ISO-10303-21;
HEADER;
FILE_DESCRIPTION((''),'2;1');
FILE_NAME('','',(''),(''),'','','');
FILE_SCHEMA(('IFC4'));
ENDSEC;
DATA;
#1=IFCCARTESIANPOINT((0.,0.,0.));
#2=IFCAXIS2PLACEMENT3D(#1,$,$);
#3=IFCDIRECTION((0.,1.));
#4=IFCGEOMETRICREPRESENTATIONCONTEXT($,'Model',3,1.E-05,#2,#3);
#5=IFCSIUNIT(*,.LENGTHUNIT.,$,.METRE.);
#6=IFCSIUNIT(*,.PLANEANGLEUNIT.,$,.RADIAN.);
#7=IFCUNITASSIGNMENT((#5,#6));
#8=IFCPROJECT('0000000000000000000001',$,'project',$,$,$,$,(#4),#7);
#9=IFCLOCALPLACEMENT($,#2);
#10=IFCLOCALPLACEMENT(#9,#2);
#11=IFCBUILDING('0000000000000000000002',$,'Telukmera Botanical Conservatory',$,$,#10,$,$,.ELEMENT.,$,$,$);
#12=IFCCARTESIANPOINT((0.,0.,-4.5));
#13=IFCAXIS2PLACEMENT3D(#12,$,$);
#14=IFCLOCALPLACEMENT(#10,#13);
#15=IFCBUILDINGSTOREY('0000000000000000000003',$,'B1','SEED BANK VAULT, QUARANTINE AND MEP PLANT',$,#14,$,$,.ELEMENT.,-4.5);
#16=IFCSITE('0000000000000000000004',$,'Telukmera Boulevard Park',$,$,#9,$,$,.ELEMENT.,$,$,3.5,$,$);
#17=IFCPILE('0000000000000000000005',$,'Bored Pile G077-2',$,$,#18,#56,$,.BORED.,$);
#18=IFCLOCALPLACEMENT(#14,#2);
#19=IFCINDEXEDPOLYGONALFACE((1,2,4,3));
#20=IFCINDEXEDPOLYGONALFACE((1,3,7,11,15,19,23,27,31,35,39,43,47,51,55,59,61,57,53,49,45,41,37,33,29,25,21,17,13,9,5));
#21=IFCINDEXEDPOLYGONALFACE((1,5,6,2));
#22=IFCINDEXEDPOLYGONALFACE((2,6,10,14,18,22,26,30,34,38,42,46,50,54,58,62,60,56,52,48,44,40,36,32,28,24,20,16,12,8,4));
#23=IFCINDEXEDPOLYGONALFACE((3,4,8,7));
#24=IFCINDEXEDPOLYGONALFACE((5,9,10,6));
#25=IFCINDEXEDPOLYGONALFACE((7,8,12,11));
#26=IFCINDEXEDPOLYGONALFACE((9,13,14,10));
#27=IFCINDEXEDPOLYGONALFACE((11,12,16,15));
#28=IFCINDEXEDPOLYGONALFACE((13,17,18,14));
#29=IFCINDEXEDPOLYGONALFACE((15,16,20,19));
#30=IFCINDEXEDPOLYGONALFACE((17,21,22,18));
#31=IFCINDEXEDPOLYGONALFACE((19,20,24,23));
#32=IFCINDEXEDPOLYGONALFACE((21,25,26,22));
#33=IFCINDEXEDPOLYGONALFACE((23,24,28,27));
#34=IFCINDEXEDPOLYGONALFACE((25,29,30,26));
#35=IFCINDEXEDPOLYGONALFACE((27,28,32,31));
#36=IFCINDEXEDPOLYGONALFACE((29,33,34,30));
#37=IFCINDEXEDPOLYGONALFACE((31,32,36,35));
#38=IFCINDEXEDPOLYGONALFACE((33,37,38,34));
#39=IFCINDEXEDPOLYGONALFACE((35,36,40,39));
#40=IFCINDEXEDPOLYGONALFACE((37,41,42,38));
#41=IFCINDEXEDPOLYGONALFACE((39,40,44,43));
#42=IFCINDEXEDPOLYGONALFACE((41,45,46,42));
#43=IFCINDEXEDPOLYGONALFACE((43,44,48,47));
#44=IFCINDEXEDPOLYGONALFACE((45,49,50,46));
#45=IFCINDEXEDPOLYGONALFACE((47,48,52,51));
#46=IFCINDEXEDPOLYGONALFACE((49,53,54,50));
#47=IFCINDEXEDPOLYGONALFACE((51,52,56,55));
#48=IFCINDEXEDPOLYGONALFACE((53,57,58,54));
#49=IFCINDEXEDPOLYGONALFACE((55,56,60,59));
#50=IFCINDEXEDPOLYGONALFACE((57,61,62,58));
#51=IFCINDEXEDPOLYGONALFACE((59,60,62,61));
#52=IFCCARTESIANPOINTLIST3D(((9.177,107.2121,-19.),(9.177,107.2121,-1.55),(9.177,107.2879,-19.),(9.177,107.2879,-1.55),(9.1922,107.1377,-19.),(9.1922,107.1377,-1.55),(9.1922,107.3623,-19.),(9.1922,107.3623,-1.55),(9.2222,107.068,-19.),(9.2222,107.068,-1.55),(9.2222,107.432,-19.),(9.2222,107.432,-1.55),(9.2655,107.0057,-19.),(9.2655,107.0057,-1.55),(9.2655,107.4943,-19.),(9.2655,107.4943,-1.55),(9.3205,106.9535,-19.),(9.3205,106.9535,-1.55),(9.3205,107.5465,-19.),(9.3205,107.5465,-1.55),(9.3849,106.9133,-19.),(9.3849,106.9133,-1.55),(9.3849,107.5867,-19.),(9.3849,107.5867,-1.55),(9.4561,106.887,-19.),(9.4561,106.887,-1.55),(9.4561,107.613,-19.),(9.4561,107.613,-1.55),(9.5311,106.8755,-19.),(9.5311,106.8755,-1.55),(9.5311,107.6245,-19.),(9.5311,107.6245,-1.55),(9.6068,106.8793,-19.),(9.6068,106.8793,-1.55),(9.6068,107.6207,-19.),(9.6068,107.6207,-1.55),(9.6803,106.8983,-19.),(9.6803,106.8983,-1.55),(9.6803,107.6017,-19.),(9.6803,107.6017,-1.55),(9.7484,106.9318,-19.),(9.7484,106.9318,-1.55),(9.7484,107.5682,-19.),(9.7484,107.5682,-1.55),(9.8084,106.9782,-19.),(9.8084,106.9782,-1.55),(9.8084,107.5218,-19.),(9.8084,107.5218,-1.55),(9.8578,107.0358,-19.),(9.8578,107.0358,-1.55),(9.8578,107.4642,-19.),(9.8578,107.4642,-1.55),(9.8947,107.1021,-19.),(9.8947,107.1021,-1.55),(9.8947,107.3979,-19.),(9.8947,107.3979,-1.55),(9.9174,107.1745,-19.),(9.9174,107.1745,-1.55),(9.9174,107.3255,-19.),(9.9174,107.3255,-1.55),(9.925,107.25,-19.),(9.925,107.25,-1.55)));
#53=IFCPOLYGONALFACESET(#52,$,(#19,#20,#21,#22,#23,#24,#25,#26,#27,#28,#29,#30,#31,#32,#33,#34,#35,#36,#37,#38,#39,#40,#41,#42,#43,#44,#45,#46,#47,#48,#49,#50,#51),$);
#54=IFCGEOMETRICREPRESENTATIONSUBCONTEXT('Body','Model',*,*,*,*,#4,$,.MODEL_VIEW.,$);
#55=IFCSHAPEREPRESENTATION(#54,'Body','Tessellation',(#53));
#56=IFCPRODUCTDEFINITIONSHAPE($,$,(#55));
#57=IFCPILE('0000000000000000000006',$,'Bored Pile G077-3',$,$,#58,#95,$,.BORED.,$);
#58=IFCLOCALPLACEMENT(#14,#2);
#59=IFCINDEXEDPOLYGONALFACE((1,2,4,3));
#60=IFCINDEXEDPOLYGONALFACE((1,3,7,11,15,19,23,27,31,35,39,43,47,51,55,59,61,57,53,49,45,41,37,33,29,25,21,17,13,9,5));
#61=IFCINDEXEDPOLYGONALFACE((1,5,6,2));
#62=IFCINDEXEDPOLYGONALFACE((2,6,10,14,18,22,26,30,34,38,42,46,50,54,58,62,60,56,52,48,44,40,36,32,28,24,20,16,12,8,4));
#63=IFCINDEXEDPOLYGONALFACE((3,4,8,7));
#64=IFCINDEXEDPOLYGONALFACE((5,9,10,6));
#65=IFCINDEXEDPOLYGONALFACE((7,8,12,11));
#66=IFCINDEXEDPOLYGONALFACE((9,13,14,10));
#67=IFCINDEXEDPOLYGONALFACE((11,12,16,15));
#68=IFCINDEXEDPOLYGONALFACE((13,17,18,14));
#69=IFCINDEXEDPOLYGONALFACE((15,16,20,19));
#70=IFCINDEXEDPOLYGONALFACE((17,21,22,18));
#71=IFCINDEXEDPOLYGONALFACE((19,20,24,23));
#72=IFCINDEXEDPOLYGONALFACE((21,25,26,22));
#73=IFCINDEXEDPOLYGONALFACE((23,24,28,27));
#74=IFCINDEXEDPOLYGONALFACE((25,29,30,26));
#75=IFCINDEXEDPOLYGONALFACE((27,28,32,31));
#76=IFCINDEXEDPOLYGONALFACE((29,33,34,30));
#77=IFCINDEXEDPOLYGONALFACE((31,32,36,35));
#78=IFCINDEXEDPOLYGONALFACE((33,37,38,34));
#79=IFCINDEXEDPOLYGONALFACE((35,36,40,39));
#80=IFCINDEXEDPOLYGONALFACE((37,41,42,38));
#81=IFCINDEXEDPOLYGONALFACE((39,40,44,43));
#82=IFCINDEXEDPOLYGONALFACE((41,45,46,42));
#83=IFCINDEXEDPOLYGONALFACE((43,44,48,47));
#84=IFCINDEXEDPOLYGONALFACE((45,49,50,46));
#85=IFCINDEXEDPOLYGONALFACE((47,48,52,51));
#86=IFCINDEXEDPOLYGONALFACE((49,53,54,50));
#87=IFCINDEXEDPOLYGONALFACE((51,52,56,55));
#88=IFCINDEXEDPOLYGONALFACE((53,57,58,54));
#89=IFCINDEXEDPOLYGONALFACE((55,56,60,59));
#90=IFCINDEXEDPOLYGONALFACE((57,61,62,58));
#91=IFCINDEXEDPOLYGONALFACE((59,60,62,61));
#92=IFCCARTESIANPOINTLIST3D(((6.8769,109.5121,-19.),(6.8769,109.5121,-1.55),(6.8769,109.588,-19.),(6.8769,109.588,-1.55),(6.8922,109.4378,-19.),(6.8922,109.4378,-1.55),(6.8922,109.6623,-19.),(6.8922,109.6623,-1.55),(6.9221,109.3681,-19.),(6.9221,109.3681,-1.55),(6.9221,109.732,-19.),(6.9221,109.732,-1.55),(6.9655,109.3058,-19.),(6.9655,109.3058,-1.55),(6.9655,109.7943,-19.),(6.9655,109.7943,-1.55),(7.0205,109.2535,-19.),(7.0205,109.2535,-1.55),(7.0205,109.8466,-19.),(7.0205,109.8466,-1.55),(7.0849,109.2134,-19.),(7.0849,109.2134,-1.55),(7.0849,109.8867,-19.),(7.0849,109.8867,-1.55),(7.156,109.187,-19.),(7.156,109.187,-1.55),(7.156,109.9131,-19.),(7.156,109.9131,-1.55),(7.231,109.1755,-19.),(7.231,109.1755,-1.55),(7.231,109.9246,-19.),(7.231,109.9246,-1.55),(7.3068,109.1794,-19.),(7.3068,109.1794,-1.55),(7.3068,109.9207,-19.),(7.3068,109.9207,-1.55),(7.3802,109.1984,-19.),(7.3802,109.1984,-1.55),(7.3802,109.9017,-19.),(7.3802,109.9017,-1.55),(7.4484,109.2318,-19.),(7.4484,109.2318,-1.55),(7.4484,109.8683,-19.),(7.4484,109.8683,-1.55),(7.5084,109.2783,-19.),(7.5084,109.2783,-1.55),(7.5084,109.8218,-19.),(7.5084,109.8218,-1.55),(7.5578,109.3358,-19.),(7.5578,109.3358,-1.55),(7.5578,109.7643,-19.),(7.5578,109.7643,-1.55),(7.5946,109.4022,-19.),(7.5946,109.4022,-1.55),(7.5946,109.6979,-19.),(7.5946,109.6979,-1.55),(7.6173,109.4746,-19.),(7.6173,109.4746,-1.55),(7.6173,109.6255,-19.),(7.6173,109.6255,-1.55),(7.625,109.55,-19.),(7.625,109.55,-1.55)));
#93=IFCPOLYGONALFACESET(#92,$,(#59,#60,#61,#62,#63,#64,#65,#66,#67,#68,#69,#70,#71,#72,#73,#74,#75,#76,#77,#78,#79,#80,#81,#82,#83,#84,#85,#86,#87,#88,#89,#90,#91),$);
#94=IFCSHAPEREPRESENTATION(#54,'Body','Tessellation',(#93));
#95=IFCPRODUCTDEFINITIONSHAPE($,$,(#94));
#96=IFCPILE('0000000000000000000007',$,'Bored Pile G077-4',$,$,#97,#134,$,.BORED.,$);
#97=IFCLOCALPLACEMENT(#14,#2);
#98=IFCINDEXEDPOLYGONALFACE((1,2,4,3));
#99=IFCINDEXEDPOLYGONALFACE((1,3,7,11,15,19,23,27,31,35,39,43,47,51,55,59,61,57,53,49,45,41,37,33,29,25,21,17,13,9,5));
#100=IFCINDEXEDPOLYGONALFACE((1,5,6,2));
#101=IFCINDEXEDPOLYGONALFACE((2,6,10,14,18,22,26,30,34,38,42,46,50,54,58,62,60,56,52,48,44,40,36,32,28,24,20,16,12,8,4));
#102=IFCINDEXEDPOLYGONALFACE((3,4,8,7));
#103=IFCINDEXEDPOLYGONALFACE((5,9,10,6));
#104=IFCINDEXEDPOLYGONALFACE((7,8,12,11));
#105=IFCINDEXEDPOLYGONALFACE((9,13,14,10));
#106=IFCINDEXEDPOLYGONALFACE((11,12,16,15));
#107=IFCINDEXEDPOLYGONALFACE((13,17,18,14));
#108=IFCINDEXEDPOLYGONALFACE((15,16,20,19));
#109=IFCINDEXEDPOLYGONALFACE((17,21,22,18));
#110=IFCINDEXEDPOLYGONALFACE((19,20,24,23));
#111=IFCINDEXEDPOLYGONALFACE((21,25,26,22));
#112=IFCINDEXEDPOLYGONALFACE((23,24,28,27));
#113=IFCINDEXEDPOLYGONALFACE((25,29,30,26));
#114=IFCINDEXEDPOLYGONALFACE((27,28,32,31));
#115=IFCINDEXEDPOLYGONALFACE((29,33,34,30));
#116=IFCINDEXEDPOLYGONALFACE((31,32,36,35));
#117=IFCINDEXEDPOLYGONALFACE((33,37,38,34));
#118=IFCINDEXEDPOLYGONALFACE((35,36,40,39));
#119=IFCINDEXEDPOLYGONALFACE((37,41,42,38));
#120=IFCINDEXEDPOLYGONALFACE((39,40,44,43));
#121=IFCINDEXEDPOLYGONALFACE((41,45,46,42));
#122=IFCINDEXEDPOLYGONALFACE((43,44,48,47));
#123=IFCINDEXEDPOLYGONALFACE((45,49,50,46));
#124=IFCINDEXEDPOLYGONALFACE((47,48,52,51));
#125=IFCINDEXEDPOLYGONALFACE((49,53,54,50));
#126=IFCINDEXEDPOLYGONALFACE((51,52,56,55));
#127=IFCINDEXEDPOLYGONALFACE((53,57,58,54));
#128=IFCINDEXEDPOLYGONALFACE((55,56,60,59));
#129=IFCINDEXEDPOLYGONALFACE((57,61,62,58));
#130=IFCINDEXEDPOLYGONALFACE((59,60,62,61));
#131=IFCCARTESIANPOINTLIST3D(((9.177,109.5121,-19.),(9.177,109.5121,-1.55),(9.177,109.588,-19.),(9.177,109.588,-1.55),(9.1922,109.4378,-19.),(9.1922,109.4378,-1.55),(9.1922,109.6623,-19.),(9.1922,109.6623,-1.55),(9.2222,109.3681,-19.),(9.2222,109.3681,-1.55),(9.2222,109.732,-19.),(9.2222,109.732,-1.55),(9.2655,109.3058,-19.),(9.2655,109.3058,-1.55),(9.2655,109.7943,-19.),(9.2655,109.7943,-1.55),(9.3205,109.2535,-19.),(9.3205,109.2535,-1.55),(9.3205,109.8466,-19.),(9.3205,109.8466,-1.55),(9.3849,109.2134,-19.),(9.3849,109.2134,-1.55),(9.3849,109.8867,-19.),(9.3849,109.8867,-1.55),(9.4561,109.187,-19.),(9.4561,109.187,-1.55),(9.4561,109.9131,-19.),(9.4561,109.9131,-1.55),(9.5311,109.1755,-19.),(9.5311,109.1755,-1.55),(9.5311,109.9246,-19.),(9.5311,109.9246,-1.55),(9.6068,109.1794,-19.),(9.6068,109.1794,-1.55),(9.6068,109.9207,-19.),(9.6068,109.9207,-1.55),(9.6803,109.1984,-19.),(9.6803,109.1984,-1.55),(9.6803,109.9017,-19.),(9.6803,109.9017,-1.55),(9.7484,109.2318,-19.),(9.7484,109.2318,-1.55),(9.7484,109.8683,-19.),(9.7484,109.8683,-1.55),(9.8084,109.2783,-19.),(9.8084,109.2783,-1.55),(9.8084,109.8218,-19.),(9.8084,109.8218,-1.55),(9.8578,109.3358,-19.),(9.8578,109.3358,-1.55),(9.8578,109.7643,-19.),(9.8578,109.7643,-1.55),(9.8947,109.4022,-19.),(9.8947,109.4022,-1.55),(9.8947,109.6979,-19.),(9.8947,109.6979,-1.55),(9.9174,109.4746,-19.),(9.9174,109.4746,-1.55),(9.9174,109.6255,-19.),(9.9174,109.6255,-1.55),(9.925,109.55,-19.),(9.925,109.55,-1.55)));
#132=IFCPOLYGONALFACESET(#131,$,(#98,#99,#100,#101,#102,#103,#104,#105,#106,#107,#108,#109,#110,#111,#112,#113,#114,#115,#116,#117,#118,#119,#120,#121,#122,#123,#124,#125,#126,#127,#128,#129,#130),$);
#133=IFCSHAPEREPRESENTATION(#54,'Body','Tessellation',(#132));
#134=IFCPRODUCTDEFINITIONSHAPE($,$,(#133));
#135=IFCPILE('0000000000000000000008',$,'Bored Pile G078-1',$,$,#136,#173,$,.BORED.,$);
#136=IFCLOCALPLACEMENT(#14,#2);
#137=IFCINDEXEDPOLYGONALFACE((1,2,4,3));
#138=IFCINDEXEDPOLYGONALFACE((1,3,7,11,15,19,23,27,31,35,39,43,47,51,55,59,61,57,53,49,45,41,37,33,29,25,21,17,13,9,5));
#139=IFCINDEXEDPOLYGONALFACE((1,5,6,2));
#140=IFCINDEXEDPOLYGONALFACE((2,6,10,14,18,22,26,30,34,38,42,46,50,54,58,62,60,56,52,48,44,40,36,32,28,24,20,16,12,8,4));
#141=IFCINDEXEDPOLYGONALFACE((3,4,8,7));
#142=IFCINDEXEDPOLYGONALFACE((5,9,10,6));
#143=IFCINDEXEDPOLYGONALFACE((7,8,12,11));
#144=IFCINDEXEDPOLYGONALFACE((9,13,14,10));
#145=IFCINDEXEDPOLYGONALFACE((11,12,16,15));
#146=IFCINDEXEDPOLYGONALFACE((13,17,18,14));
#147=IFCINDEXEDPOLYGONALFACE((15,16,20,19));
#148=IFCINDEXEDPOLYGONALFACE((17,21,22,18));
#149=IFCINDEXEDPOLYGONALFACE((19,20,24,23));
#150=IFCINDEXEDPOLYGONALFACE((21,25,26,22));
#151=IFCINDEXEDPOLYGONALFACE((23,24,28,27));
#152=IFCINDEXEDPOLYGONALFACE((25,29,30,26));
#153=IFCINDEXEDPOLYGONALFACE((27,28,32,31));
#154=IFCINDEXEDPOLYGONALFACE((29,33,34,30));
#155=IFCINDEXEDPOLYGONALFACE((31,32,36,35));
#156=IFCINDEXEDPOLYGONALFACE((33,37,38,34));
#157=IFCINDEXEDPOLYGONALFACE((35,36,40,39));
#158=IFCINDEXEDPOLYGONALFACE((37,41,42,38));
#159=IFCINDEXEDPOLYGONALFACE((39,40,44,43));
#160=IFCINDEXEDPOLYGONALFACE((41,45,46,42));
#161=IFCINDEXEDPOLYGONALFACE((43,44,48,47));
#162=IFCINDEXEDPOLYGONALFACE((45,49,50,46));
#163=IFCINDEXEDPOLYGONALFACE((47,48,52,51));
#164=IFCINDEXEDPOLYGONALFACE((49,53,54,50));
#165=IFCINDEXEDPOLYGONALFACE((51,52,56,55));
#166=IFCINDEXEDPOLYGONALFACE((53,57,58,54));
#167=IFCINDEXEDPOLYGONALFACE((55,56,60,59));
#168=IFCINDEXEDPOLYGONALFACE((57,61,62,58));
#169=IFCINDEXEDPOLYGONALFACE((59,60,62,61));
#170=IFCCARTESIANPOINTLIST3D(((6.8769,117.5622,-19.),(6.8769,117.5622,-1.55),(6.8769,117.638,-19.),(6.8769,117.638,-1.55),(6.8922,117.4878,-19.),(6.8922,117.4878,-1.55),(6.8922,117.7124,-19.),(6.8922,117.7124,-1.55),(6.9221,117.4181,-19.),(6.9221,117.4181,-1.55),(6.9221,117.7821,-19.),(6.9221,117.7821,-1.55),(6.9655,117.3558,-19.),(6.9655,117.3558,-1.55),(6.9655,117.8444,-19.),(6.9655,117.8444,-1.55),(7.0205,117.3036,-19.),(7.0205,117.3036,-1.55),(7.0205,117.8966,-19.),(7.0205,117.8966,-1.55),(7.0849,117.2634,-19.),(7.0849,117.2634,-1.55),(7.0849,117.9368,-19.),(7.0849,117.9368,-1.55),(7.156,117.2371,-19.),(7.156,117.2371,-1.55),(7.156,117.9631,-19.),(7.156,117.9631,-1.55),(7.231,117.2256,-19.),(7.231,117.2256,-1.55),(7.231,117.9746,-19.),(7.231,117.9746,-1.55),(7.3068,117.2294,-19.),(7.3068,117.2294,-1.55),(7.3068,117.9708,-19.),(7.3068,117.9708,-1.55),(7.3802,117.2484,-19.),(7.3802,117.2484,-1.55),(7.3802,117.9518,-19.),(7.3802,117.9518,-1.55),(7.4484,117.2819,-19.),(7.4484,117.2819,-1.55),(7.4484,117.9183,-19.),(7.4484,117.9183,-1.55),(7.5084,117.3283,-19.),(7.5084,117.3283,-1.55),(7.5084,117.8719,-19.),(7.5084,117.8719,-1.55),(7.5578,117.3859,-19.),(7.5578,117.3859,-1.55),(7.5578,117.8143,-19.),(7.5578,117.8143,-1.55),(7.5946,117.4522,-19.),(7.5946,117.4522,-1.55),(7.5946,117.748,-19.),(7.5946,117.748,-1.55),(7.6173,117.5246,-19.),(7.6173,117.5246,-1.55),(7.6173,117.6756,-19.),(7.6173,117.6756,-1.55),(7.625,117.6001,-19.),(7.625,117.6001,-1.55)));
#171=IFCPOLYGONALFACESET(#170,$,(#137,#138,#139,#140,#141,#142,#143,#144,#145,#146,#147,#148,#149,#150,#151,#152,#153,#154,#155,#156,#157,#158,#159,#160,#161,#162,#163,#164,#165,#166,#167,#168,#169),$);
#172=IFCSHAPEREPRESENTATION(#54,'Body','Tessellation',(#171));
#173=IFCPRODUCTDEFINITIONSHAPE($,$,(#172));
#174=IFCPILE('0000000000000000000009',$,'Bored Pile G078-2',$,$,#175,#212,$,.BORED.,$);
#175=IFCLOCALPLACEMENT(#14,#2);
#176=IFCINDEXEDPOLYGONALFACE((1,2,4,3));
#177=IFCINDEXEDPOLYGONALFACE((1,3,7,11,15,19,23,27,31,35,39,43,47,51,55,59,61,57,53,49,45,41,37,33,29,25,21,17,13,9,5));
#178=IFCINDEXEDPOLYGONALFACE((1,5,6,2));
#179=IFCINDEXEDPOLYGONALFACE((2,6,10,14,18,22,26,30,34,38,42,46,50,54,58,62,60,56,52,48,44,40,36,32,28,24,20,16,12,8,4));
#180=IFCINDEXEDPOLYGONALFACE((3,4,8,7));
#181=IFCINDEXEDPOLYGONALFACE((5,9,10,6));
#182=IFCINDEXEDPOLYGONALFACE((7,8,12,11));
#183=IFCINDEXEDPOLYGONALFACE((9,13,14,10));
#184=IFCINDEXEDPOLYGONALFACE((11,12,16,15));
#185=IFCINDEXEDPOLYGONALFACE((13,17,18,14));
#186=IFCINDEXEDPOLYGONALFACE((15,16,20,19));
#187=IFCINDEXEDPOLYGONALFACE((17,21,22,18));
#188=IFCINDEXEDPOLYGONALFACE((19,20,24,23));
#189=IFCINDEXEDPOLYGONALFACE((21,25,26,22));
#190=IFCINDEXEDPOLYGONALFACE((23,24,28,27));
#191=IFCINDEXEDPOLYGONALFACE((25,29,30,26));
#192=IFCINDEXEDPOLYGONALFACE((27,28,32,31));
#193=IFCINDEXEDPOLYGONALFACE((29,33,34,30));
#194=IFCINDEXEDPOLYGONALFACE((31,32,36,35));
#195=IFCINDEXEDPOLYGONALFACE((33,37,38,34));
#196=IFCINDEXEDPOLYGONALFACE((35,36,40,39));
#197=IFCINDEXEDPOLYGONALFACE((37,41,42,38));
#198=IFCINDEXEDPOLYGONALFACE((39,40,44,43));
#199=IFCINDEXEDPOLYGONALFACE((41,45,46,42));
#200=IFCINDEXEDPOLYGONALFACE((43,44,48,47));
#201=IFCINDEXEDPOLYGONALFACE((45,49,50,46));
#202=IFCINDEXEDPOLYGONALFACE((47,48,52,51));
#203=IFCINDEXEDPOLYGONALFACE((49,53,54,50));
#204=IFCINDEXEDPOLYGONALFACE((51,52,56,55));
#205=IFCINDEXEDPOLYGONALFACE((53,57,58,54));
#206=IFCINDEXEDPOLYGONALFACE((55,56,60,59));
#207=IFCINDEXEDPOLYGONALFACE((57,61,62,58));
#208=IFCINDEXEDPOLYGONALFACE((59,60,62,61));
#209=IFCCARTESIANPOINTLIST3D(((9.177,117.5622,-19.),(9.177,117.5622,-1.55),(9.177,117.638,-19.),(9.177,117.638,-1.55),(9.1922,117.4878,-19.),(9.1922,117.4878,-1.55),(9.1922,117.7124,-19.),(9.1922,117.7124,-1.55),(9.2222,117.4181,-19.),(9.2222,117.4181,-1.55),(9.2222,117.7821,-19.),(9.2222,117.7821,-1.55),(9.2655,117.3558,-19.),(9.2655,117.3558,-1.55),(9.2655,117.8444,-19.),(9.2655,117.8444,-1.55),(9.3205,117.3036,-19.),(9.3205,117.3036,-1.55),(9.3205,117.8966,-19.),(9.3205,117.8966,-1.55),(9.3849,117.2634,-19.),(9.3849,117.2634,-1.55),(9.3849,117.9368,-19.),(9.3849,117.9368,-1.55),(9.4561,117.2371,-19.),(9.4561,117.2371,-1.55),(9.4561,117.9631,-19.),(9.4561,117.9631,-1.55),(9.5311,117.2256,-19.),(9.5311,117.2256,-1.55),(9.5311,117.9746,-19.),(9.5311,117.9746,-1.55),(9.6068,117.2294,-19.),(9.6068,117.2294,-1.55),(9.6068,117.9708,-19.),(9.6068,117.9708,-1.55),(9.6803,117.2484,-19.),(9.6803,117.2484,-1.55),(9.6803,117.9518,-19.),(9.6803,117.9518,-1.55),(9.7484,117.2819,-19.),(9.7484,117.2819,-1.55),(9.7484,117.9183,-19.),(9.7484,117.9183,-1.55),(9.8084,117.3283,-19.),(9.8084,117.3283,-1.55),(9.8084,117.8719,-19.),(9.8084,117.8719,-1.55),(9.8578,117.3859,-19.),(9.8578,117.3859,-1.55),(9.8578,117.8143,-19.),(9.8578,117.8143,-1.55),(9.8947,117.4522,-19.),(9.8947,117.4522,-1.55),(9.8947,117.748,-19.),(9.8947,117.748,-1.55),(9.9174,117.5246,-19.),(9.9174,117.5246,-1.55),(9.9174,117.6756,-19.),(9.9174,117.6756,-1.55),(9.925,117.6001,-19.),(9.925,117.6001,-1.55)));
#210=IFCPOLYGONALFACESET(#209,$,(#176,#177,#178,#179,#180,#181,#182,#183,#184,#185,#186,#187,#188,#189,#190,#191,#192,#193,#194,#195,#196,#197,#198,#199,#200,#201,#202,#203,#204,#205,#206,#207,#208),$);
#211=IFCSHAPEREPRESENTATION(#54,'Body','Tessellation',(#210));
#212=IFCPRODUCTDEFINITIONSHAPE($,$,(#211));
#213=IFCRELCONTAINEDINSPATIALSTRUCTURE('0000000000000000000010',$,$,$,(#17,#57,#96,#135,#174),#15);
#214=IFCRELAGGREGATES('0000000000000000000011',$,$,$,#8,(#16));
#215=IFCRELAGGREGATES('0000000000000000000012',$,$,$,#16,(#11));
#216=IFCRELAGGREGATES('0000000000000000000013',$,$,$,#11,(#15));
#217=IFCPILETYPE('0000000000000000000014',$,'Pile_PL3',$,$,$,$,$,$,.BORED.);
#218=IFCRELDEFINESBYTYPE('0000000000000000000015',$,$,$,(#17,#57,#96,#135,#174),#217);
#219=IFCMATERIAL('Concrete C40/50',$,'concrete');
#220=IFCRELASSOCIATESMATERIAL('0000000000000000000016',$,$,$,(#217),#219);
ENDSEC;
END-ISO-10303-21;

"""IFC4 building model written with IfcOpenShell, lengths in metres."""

from ifc_helpers import new_model, si_unit, direction, frame, origin, origin_2d, place, context, subcontext, project, spatial, circle, extrude, material, material_profile, profile_set, type_object, element, save


model = new_model("IFC4")

# Units and contexts
model_context = context("Model", 3, precision=1e-05, world=origin(), true_north=direction((0.0, 1.0)))
body_context = subcontext(model_context, "Body", "Model", "MODEL_VIEW")
ifc_project = project(units=[si_unit("LENGTHUNIT", "METRE"), si_unit("PLANEANGLEUNIT", "RADIAN")], contexts=[model_context])

# Site, building, storey
site_placement = place(None, origin())
site = spatial("IfcSite", under=ifc_project, at=site_placement, Name="Telukmera Boulevard Park", CompositionType="ELEMENT", RefElevation=3.5)
building_placement = place(site_placement, origin())
building = spatial("IfcBuilding", under=site, at=building_placement, Name="Telukmera Botanical Conservatory", CompositionType="ELEMENT")
storey_placement = place(building_placement, frame((0.0, 0.0, -4.5)))
storey = spatial("IfcBuildingStorey", under=building, at=storey_placement, Name="B1", Description="SEED BANK VAULT, QUARANTINE AND MEP PLANT", CompositionType="ELEMENT", Elevation=-4.5)

# Shared definitions
ifc_material_1 = material(Name="Concrete C40/50", Category="concrete")

# Piles
ifc_material_profile_1 = material_profile(ifc_material_1, circle(Radius=0.375, at=origin_2d()), Name="PILE D750")
ifc_profile_set_1 = profile_set([ifc_material_profile_1], Name="Concrete C40/50")
pile_type = type_object("IfcPileType", Name="Pile_PL3", PredefinedType="BORED", material=ifc_profile_set_1)
for number, where, z_axis, x_axis, name in (
    (1, (9.55, 107.25, -1.55), (0.0, 0.0, -1.0), (1.0, 0.0, 0.0), "Bored Pile G077-2"),
    (2, (7.25, 109.55, -1.55), (0.0, 0.0, -1.0), (1.0, 0.0, 0.0), "Bored Pile G077-3"),
    (3, (9.55, 109.55, -1.55), (0.0, 0.0, -1.0), (1.0, 0.0, 0.0), "Bored Pile G077-4"),
    (4, (7.25, 117.6001, -1.55), (0.0, 0.0, -1.0), (1.0, 0.0, 0.0), "Bored Pile G078-1"),
    (5, (9.55, 117.6001, -1.55), (0.0, 0.0, -1.0), (1.0, 0.0, 0.0), "Bored Pile G078-2"),
):
    element("IfcPile", number, at=place(storey_placement, frame(where, z_axis=z_axis, x_axis=x_axis)), inside=storey, type_object=pile_type, Name=name, PredefinedType="BORED", context=body_context, shape_type="SweptSolid", body=[
        extrude(circle(Radius=0.375, at=origin_2d()), origin(), (0.0, 0.0, 1.0), 17.45),
    ])

save(model, "model.ifc")
